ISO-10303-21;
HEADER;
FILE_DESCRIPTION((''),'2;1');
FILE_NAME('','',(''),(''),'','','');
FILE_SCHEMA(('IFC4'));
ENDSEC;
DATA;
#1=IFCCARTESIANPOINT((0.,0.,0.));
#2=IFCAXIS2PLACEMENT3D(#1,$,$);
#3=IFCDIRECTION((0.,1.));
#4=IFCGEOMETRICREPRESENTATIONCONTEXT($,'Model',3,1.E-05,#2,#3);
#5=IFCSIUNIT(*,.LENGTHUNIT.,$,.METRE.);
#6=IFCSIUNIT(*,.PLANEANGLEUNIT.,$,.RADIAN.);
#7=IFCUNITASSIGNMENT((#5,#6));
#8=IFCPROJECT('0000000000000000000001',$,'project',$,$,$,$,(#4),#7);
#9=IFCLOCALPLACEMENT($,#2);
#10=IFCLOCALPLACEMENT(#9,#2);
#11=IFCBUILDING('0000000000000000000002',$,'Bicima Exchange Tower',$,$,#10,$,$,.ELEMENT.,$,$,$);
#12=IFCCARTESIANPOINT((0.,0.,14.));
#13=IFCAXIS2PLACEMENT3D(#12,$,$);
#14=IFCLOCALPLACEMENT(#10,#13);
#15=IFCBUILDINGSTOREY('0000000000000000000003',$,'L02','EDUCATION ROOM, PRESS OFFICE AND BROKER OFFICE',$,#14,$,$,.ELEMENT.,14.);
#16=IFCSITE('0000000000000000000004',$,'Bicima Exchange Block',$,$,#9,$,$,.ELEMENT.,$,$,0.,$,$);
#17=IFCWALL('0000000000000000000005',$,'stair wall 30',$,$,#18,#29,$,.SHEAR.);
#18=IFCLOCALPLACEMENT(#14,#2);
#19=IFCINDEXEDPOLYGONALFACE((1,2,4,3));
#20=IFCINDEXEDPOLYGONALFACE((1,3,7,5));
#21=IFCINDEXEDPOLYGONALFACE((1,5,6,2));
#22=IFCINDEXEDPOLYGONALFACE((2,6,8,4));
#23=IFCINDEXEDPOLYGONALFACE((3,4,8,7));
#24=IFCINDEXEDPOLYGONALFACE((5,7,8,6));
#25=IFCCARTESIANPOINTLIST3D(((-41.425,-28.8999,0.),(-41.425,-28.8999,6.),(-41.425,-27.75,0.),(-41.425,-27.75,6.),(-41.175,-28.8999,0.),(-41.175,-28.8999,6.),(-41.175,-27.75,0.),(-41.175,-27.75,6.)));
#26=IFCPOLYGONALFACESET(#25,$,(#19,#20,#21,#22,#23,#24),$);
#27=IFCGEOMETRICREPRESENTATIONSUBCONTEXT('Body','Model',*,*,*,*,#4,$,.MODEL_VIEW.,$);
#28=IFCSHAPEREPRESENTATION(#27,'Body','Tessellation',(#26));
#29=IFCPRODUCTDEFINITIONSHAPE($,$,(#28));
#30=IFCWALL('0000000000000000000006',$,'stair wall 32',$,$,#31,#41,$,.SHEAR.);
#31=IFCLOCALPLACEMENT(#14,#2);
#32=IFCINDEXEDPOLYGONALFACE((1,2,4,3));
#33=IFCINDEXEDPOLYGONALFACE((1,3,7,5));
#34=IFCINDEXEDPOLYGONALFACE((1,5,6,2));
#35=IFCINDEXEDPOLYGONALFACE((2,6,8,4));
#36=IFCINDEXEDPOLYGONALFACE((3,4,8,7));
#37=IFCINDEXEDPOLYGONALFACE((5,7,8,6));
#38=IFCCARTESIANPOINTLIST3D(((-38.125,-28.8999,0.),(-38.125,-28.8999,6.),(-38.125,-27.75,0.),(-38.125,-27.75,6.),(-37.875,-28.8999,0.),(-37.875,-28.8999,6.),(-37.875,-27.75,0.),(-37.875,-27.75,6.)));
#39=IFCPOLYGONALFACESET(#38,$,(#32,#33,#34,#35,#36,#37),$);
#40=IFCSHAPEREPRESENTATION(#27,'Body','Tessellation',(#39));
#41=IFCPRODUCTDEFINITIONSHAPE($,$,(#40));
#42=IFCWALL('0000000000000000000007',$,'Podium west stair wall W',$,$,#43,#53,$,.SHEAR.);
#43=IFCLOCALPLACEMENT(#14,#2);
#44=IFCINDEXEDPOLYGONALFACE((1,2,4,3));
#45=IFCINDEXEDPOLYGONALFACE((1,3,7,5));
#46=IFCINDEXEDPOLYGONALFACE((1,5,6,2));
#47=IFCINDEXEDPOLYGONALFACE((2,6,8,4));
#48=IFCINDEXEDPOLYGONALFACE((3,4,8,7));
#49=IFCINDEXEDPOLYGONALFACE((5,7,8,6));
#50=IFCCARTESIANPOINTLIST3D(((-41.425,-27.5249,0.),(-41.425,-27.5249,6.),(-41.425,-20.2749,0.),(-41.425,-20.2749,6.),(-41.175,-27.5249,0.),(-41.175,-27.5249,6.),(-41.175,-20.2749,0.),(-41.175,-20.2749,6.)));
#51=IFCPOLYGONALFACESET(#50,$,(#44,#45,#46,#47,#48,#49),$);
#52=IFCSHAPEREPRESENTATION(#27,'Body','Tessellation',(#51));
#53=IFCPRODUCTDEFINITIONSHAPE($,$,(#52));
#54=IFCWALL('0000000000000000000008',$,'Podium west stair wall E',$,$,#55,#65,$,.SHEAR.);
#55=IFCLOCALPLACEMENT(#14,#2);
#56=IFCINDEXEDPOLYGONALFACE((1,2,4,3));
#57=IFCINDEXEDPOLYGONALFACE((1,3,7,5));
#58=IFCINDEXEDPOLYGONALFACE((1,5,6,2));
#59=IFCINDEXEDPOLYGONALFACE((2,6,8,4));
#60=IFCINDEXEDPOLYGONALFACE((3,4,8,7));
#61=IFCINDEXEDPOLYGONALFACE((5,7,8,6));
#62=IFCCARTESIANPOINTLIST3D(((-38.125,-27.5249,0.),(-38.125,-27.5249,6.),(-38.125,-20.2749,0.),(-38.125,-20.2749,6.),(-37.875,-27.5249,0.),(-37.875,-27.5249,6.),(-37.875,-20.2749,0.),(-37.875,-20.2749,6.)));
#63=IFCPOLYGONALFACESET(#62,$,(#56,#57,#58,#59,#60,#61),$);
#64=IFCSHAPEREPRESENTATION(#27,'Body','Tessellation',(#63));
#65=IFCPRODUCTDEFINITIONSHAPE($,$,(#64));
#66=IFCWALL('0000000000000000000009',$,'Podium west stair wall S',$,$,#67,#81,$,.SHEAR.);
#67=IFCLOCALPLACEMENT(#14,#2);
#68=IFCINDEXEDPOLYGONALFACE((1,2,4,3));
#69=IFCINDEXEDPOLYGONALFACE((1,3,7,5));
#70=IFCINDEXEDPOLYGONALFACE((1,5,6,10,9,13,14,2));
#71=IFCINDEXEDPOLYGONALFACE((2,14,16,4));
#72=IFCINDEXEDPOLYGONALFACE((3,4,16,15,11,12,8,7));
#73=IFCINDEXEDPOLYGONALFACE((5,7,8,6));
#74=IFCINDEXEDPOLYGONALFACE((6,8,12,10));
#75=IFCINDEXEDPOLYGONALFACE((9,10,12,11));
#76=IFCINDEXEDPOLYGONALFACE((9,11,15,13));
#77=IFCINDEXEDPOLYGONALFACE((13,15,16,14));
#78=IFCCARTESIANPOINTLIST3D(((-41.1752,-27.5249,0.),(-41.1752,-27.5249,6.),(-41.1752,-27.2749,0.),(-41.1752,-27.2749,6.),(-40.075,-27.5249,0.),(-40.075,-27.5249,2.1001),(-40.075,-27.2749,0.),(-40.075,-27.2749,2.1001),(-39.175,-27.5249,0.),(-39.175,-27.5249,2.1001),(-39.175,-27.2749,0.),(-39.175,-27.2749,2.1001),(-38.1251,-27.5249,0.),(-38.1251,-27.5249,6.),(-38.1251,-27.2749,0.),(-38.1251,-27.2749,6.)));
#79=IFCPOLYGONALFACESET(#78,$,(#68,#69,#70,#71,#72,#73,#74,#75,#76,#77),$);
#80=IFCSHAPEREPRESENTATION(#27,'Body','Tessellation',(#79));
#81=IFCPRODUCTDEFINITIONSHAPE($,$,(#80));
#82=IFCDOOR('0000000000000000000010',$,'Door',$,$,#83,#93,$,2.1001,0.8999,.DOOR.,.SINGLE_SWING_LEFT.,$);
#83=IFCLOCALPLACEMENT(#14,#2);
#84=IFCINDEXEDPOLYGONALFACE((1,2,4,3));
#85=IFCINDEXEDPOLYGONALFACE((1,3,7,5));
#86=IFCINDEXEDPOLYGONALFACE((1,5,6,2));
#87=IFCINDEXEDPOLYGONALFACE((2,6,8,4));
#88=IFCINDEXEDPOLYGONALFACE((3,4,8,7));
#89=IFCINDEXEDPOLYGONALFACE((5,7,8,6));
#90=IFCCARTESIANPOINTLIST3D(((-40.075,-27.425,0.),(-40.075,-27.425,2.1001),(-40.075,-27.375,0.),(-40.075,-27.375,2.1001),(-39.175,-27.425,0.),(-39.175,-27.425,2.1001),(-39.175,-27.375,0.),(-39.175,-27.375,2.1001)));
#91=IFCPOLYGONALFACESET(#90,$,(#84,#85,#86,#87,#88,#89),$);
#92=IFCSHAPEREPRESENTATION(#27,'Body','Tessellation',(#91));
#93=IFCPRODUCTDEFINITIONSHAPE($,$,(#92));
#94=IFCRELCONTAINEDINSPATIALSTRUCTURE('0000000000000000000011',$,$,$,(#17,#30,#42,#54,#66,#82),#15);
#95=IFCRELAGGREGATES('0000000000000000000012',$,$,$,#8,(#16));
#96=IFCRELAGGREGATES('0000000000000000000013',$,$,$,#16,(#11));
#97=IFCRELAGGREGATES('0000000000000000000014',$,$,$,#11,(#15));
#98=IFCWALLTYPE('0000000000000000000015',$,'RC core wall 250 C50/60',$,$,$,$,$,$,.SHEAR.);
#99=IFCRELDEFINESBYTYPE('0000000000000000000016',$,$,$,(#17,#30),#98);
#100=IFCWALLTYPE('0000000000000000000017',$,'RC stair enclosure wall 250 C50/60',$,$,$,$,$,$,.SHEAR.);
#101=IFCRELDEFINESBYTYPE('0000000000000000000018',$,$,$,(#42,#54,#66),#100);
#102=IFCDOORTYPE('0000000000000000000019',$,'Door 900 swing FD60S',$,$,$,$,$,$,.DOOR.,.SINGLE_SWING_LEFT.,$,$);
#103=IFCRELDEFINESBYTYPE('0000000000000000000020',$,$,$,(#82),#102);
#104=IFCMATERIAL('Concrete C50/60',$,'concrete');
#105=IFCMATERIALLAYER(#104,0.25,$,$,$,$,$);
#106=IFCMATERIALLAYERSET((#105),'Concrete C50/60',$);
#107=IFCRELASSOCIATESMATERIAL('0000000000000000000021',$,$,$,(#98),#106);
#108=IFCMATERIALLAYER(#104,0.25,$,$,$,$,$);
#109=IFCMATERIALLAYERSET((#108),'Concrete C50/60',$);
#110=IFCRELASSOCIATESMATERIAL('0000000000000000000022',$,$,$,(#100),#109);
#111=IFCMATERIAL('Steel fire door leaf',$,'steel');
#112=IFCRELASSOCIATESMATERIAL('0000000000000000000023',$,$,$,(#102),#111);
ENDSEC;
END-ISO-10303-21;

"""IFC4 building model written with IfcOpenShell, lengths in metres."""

from ifc_helpers import new_model, si_unit, direction, frame, frame_2d, origin, place, context, subcontext, project, spatial, rectangle, extrude, material, layer, layer_set, type_object, element, fill, save


model = new_model("IFC4")

# Units and contexts
model_context = context("Model", 3, precision=1e-05, world=origin(), true_north=direction((0.0, 1.0)))
body_context = subcontext(model_context, "Body", "Model", "MODEL_VIEW")
ifc_project = project(units=[si_unit("LENGTHUNIT", "METRE"), si_unit("PLANEANGLEUNIT", "RADIAN")], contexts=[model_context])

# Site, building, storey
site_placement = place(None, origin())
site = spatial("IfcSite", under=ifc_project, at=site_placement, Name="Bicima Exchange Block", CompositionType="ELEMENT", RefElevation=0.0)
building_placement = place(site_placement, origin())
building = spatial("IfcBuilding", under=site, at=building_placement, Name="Bicima Exchange Tower", CompositionType="ELEMENT")
storey_placement = place(building_placement, frame((0.0, 0.0, 14.0)))
storey = spatial("IfcBuildingStorey", under=building, at=storey_placement, Name="L02", Description="EDUCATION ROOM, PRESS OFFICE AND BROKER OFFICE", CompositionType="ELEMENT", Elevation=14.0)

# Shared definitions
ifc_material_1 = material(Name="Steel fire door leaf", Category="steel")

# Walls
ifc_material_2 = material(Name="Concrete C50/60", Category="concrete")
ifc_layer_1 = layer(ifc_material_2, 0.25)
ifc_layer_set_1 = layer_set([ifc_layer_1], Name="Concrete C50/60")
wall_type_1 = type_object("IfcWallType", Name="RC core wall 250 C50/60", PredefinedType="SHEAR", material=ifc_layer_set_1)
for number, where, z_axis, x_axis, name in (
    (1, (-41.3, -28.8999, 0.0), (0.0, 0.0, 1.0), (0.0, 1.0, 0.0), "stair wall 30"),
    (2, (-38.0, -28.8999, 0.0), (0.0, 0.0, 1.0), (0.0, 1.0, 0.0), "stair wall 32"),
):
    element("IfcWall", number, at=place(storey_placement, frame(where, z_axis=z_axis, x_axis=x_axis)), inside=storey, type_object=wall_type_1, Name=name, PredefinedType="SHEAR", context=body_context, shape_type="SweptSolid", body=[
        extrude(rectangle(XDim=1.1499, YDim=0.25, at=frame_2d((0.575, 0.0))), origin(), (0.0, 0.0, 1.0), 6.0),
    ])
ifc_layer_2 = layer(ifc_material_2, 0.25)
ifc_layer_set_2 = layer_set([ifc_layer_2], Name="Concrete C50/60")
wall_type_2 = type_object("IfcWallType", Name="RC stair enclosure wall 250 C50/60", PredefinedType="SHEAR", material=ifc_layer_set_2)
for number, where, z_axis, x_axis, name in (
    (3, (-41.3, -27.5249, 0.0), (0.0, 0.0, 1.0), (0.0, 1.0, 0.0), "Podium west stair wall W"),
    (4, (-38.0, -27.5249, 0.0), (0.0, 0.0, 1.0), (0.0, 1.0, 0.0), "Podium west stair wall E"),
):
    element("IfcWall", number, at=place(storey_placement, frame(where, z_axis=z_axis, x_axis=x_axis)), inside=storey, type_object=wall_type_2, Name=name, PredefinedType="SHEAR", context=body_context, shape_type="SweptSolid", body=[
        extrude(rectangle(XDim=7.25, YDim=0.25, at=frame_2d((3.625, 0.0))), origin(), (0.0, 0.0, 1.0), 6.0),
    ])

# Wall, opening, door
wall_1_placement = place(storey_placement, frame((-41.175, -27.3999, 0.0), z_axis=(0.0, 0.0, 1.0), x_axis=(1.0, 0.0, 0.0)))
wall_1 = element("IfcWall", 5, at=wall_1_placement, inside=storey, type_object=wall_type_2, Name="Podium west stair wall S", PredefinedType="SHEAR", context=body_context, shape_type="SweptSolid", body=[
    extrude(rectangle(XDim=3.05, YDim=0.25, at=frame_2d((1.5249, 0.0))), origin(), (0.0, 0.0, 1.0), 6.0),
])
opening_1_placement = place(wall_1_placement, frame((1.1001, 0.0, 0.0)))
opening_1 = element("IfcOpeningElement", 6, at=opening_1_placement, cuts=wall_1, PredefinedType="OPENING", context=body_context, shape_type="SweptSolid", body=[
    extrude(rectangle(XDim=0.8999, YDim=2.1001, at=frame_2d((0.45, 1.05))), frame((0.0, 0.137, 0.0), z_axis=(0.0, -1.0, 0.0), x_axis=(1.0, 0.0, 0.0)), (0.0, 0.0, 1.0), 0.2739),
])
door_type_1 = type_object("IfcDoorType", Name="Door 900 swing FD60S", OperationType="SINGLE_SWING_LEFT", PredefinedType="DOOR", material=ifc_material_1)
door_1_placement = place(opening_1_placement, origin())
door_1 = element("IfcDoor", 7, at=door_1_placement, inside=storey, type_object=door_type_1, Name="Door", OperationType="SINGLE_SWING_LEFT", OverallHeight=2.1001, OverallWidth=0.8999, PredefinedType="DOOR", context=body_context, shape_type="SweptSolid", body=[
    extrude(rectangle(XDim=0.8999, YDim=2.1001, at=frame_2d((0.45, 1.05))), frame((0.0, 0.0249, 0.0), z_axis=(0.0, -1.0, 0.0), x_axis=(1.0, 0.0, 0.0)), (0.0, 0.0, 1.0), 0.05),
])
fill(opening_1, door_1)

save(model, "model.ifc")
